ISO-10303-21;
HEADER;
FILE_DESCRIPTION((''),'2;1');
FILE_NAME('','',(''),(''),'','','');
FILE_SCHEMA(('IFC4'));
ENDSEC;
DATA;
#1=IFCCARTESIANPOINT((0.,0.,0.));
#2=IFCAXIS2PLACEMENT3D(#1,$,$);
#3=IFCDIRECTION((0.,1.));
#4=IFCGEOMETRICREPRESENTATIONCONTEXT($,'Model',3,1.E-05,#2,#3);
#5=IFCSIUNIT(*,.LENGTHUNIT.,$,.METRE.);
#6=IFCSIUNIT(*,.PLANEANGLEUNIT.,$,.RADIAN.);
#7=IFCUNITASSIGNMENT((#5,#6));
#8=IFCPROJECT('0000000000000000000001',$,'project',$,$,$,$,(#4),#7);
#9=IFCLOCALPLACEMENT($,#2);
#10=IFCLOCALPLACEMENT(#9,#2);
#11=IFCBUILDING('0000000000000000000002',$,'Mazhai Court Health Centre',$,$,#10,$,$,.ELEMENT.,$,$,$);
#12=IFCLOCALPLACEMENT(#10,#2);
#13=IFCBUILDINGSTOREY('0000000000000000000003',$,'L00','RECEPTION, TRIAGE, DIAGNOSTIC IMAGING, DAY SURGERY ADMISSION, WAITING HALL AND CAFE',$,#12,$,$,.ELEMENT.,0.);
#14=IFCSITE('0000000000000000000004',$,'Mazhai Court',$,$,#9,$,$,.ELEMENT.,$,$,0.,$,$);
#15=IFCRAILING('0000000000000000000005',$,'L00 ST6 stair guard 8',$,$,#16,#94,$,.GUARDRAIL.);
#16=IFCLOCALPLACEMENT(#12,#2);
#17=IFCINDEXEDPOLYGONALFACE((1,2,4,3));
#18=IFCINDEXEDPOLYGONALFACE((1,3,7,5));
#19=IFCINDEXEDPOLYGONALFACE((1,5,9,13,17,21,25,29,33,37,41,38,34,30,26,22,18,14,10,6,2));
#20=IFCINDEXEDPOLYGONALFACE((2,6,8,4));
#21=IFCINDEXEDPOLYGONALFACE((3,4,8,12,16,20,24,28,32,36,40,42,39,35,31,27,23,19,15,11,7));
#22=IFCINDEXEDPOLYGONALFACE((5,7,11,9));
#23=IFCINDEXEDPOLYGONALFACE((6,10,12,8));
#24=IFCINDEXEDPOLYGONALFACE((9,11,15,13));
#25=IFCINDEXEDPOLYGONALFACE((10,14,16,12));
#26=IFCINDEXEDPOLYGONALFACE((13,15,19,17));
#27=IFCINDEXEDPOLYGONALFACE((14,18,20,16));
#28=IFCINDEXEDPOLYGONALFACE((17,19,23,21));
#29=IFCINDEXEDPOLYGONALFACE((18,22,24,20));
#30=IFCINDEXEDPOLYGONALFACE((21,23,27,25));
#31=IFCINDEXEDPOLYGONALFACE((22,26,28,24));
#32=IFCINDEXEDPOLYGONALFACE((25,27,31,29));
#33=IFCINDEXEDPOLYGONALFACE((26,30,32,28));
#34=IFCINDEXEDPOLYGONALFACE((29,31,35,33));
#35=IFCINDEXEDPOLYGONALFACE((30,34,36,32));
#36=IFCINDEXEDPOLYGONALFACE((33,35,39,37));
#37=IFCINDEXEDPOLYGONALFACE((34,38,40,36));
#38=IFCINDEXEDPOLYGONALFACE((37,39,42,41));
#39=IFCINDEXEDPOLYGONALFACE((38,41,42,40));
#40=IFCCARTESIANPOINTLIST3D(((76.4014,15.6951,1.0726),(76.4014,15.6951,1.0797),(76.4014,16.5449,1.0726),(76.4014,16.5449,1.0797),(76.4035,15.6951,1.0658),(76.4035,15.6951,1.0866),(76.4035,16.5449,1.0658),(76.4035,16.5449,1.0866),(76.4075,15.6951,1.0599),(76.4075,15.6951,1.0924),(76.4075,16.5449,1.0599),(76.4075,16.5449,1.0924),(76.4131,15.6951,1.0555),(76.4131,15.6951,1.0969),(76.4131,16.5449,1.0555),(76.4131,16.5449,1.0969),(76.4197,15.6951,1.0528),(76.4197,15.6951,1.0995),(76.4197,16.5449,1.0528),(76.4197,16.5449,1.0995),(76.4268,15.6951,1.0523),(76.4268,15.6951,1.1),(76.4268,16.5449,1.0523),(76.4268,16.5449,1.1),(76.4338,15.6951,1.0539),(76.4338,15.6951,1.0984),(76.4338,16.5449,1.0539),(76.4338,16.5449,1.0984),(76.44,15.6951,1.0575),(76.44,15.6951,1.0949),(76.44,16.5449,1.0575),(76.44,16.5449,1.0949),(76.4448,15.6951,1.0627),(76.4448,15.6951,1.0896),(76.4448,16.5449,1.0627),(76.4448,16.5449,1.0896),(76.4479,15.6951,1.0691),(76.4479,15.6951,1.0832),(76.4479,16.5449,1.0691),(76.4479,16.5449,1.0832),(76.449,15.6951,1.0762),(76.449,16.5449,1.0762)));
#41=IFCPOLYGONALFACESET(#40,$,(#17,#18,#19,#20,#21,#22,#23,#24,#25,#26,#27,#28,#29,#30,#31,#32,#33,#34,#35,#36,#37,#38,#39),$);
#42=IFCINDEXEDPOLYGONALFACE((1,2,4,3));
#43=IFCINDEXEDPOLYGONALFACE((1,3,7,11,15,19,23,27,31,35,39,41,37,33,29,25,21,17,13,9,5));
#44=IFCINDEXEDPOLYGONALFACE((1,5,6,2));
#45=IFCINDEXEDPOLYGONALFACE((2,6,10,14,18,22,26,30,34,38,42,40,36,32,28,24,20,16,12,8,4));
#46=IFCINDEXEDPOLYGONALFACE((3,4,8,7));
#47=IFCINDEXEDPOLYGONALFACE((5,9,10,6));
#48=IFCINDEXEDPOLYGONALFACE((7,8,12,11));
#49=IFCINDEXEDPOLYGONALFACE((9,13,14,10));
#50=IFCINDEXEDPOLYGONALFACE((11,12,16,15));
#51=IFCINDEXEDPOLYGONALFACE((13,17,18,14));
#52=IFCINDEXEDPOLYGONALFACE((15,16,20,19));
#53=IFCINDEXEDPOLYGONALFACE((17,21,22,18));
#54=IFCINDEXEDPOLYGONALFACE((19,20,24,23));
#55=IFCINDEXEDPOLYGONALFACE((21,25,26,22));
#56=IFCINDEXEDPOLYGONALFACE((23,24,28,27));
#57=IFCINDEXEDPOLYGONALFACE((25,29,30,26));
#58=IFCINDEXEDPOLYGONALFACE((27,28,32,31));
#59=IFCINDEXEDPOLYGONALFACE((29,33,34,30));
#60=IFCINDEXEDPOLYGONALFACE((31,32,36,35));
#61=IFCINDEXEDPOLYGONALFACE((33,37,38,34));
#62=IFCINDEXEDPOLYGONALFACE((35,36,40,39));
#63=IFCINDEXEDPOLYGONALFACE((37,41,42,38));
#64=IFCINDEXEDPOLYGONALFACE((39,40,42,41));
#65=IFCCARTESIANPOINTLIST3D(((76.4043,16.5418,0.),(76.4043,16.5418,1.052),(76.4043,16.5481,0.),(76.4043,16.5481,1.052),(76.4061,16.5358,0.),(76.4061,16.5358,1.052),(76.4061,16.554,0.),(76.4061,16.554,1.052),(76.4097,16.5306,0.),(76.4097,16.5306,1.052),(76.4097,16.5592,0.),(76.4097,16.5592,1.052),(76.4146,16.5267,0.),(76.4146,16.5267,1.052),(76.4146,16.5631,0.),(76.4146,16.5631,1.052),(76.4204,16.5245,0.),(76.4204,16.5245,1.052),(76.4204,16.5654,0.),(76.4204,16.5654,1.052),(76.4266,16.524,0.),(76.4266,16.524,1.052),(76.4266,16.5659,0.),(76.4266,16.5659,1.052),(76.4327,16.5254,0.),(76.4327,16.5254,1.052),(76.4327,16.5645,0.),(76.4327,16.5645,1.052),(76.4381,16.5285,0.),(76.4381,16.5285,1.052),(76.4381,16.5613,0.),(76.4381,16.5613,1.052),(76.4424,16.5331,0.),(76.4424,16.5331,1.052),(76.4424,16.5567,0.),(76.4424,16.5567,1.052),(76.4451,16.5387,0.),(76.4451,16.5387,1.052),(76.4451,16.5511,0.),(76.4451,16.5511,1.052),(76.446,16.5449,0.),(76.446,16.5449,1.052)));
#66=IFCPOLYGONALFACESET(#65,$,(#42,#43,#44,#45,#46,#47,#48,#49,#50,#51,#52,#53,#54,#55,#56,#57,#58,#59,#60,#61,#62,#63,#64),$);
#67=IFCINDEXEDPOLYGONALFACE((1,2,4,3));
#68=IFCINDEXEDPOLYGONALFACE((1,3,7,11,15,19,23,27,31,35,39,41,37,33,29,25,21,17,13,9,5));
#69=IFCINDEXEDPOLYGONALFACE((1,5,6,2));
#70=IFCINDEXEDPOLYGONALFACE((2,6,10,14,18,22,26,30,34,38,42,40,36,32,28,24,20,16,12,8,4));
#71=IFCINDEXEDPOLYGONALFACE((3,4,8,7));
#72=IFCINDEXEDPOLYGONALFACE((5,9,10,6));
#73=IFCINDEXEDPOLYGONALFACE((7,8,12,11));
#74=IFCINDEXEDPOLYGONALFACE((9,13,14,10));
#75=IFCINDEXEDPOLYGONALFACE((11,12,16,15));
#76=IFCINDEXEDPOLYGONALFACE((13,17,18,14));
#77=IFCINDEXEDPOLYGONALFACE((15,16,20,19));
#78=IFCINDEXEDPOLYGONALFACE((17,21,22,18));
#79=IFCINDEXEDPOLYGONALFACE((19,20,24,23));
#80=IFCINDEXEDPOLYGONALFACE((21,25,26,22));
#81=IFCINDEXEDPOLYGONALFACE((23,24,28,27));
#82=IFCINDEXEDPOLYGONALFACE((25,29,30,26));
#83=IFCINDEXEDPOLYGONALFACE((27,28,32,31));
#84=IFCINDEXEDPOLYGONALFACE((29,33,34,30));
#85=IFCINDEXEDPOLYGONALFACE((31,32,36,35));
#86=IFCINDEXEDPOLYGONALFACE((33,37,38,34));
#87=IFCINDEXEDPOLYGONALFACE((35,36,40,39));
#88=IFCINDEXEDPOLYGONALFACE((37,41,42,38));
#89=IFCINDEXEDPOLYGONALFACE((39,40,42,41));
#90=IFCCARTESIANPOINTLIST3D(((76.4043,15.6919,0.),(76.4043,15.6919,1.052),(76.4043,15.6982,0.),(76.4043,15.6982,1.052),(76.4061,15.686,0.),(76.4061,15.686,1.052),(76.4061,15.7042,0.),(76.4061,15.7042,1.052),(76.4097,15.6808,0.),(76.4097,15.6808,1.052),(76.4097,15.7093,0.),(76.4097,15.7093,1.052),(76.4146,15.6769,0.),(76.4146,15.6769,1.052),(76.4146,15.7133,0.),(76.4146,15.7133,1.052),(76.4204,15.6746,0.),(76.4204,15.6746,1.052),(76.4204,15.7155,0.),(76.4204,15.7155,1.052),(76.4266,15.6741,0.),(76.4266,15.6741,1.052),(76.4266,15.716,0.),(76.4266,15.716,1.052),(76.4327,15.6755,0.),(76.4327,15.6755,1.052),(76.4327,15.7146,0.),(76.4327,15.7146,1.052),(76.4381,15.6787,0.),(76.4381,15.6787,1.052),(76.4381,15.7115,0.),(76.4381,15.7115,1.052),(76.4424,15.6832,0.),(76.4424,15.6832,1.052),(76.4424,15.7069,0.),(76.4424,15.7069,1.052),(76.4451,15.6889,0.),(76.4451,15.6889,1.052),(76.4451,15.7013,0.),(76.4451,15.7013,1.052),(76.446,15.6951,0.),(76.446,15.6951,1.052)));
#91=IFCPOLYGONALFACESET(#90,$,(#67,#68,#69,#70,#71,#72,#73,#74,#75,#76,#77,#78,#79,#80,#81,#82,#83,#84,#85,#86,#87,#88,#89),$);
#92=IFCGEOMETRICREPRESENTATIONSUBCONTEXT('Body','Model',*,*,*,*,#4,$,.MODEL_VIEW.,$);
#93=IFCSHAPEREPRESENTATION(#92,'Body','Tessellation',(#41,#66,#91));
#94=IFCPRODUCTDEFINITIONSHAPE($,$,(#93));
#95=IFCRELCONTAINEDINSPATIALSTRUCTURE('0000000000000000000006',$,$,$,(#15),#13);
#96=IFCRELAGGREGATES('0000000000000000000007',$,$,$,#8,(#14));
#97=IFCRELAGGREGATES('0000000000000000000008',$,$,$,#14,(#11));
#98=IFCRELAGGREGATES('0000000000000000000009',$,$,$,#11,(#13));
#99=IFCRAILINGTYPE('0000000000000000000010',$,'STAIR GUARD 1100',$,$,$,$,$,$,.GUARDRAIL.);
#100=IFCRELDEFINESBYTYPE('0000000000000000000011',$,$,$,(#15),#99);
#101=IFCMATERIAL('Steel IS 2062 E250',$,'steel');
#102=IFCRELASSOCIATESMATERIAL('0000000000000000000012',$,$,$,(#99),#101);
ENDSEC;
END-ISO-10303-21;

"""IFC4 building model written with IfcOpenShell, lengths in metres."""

from ifc_helpers import new_model, si_unit, direction, frame, origin, origin_2d, place, context, subcontext, project, spatial, circle, extrude, material, type_object, element, save


model = new_model("IFC4")

# Units and contexts
model_context = context("Model", 3, precision=1e-05, world=origin(), true_north=direction((0.0, 1.0)))
body_context = subcontext(model_context, "Body", "Model", "MODEL_VIEW")
ifc_project = project(units=[si_unit("LENGTHUNIT", "METRE"), si_unit("PLANEANGLEUNIT", "RADIAN")], contexts=[model_context])

# Site, building, storey
site_placement = place(None, origin())
site = spatial("IfcSite", under=ifc_project, at=site_placement, Name="Mazhai Court", CompositionType="ELEMENT", RefElevation=0.0)
building_placement = place(site_placement, origin())
building = spatial("IfcBuilding", under=site, at=building_placement, Name="Mazhai Court Health Centre", CompositionType="ELEMENT")
storey_placement = place(building_placement, origin())
storey = spatial("IfcBuildingStorey", under=building, at=storey_placement, Name="L00", Description="RECEPTION, TRIAGE, DIAGNOSTIC IMAGING, DAY SURGERY ADMISSION, WAITING HALL AND CAFE", CompositionType="ELEMENT", Elevation=0.0)

# Railing
ifc_material_1 = material(Name="Steel IS 2062 E250", Category="steel")
railing_type_1 = type_object("IfcRailingType", Name="STAIR GUARD 1100", PredefinedType="GUARDRAIL", material=ifc_material_1)
railing_1_placement = place(storey_placement, frame((76.425, 16.5449, 0.0)))
element("IfcRailing", 1, at=railing_1_placement, inside=storey, type_object=railing_type_1, Name="L00 ST6 stair guard 8", PredefinedType="GUARDRAIL", context=body_context, shape_type="SweptSolid", body=[
    extrude(circle(Radius=0.0239, at=origin_2d()), frame((0.0, 0.0, 1.0762), z_axis=(0.0, -1.0, 0.0), x_axis=(1.0, 0.0, 0.0)), (0.0, 0.0, 1.0), 0.8499),
    extrude(circle(Radius=0.021, at=origin_2d()), origin(), (0.0, 0.0, 1.0), 1.052),
    extrude(circle(Radius=0.021, at=origin_2d()), frame((0.0, -0.8499, 0.0)), (0.0, 0.0, 1.0), 1.052),
])

save(model, "model.ifc")
